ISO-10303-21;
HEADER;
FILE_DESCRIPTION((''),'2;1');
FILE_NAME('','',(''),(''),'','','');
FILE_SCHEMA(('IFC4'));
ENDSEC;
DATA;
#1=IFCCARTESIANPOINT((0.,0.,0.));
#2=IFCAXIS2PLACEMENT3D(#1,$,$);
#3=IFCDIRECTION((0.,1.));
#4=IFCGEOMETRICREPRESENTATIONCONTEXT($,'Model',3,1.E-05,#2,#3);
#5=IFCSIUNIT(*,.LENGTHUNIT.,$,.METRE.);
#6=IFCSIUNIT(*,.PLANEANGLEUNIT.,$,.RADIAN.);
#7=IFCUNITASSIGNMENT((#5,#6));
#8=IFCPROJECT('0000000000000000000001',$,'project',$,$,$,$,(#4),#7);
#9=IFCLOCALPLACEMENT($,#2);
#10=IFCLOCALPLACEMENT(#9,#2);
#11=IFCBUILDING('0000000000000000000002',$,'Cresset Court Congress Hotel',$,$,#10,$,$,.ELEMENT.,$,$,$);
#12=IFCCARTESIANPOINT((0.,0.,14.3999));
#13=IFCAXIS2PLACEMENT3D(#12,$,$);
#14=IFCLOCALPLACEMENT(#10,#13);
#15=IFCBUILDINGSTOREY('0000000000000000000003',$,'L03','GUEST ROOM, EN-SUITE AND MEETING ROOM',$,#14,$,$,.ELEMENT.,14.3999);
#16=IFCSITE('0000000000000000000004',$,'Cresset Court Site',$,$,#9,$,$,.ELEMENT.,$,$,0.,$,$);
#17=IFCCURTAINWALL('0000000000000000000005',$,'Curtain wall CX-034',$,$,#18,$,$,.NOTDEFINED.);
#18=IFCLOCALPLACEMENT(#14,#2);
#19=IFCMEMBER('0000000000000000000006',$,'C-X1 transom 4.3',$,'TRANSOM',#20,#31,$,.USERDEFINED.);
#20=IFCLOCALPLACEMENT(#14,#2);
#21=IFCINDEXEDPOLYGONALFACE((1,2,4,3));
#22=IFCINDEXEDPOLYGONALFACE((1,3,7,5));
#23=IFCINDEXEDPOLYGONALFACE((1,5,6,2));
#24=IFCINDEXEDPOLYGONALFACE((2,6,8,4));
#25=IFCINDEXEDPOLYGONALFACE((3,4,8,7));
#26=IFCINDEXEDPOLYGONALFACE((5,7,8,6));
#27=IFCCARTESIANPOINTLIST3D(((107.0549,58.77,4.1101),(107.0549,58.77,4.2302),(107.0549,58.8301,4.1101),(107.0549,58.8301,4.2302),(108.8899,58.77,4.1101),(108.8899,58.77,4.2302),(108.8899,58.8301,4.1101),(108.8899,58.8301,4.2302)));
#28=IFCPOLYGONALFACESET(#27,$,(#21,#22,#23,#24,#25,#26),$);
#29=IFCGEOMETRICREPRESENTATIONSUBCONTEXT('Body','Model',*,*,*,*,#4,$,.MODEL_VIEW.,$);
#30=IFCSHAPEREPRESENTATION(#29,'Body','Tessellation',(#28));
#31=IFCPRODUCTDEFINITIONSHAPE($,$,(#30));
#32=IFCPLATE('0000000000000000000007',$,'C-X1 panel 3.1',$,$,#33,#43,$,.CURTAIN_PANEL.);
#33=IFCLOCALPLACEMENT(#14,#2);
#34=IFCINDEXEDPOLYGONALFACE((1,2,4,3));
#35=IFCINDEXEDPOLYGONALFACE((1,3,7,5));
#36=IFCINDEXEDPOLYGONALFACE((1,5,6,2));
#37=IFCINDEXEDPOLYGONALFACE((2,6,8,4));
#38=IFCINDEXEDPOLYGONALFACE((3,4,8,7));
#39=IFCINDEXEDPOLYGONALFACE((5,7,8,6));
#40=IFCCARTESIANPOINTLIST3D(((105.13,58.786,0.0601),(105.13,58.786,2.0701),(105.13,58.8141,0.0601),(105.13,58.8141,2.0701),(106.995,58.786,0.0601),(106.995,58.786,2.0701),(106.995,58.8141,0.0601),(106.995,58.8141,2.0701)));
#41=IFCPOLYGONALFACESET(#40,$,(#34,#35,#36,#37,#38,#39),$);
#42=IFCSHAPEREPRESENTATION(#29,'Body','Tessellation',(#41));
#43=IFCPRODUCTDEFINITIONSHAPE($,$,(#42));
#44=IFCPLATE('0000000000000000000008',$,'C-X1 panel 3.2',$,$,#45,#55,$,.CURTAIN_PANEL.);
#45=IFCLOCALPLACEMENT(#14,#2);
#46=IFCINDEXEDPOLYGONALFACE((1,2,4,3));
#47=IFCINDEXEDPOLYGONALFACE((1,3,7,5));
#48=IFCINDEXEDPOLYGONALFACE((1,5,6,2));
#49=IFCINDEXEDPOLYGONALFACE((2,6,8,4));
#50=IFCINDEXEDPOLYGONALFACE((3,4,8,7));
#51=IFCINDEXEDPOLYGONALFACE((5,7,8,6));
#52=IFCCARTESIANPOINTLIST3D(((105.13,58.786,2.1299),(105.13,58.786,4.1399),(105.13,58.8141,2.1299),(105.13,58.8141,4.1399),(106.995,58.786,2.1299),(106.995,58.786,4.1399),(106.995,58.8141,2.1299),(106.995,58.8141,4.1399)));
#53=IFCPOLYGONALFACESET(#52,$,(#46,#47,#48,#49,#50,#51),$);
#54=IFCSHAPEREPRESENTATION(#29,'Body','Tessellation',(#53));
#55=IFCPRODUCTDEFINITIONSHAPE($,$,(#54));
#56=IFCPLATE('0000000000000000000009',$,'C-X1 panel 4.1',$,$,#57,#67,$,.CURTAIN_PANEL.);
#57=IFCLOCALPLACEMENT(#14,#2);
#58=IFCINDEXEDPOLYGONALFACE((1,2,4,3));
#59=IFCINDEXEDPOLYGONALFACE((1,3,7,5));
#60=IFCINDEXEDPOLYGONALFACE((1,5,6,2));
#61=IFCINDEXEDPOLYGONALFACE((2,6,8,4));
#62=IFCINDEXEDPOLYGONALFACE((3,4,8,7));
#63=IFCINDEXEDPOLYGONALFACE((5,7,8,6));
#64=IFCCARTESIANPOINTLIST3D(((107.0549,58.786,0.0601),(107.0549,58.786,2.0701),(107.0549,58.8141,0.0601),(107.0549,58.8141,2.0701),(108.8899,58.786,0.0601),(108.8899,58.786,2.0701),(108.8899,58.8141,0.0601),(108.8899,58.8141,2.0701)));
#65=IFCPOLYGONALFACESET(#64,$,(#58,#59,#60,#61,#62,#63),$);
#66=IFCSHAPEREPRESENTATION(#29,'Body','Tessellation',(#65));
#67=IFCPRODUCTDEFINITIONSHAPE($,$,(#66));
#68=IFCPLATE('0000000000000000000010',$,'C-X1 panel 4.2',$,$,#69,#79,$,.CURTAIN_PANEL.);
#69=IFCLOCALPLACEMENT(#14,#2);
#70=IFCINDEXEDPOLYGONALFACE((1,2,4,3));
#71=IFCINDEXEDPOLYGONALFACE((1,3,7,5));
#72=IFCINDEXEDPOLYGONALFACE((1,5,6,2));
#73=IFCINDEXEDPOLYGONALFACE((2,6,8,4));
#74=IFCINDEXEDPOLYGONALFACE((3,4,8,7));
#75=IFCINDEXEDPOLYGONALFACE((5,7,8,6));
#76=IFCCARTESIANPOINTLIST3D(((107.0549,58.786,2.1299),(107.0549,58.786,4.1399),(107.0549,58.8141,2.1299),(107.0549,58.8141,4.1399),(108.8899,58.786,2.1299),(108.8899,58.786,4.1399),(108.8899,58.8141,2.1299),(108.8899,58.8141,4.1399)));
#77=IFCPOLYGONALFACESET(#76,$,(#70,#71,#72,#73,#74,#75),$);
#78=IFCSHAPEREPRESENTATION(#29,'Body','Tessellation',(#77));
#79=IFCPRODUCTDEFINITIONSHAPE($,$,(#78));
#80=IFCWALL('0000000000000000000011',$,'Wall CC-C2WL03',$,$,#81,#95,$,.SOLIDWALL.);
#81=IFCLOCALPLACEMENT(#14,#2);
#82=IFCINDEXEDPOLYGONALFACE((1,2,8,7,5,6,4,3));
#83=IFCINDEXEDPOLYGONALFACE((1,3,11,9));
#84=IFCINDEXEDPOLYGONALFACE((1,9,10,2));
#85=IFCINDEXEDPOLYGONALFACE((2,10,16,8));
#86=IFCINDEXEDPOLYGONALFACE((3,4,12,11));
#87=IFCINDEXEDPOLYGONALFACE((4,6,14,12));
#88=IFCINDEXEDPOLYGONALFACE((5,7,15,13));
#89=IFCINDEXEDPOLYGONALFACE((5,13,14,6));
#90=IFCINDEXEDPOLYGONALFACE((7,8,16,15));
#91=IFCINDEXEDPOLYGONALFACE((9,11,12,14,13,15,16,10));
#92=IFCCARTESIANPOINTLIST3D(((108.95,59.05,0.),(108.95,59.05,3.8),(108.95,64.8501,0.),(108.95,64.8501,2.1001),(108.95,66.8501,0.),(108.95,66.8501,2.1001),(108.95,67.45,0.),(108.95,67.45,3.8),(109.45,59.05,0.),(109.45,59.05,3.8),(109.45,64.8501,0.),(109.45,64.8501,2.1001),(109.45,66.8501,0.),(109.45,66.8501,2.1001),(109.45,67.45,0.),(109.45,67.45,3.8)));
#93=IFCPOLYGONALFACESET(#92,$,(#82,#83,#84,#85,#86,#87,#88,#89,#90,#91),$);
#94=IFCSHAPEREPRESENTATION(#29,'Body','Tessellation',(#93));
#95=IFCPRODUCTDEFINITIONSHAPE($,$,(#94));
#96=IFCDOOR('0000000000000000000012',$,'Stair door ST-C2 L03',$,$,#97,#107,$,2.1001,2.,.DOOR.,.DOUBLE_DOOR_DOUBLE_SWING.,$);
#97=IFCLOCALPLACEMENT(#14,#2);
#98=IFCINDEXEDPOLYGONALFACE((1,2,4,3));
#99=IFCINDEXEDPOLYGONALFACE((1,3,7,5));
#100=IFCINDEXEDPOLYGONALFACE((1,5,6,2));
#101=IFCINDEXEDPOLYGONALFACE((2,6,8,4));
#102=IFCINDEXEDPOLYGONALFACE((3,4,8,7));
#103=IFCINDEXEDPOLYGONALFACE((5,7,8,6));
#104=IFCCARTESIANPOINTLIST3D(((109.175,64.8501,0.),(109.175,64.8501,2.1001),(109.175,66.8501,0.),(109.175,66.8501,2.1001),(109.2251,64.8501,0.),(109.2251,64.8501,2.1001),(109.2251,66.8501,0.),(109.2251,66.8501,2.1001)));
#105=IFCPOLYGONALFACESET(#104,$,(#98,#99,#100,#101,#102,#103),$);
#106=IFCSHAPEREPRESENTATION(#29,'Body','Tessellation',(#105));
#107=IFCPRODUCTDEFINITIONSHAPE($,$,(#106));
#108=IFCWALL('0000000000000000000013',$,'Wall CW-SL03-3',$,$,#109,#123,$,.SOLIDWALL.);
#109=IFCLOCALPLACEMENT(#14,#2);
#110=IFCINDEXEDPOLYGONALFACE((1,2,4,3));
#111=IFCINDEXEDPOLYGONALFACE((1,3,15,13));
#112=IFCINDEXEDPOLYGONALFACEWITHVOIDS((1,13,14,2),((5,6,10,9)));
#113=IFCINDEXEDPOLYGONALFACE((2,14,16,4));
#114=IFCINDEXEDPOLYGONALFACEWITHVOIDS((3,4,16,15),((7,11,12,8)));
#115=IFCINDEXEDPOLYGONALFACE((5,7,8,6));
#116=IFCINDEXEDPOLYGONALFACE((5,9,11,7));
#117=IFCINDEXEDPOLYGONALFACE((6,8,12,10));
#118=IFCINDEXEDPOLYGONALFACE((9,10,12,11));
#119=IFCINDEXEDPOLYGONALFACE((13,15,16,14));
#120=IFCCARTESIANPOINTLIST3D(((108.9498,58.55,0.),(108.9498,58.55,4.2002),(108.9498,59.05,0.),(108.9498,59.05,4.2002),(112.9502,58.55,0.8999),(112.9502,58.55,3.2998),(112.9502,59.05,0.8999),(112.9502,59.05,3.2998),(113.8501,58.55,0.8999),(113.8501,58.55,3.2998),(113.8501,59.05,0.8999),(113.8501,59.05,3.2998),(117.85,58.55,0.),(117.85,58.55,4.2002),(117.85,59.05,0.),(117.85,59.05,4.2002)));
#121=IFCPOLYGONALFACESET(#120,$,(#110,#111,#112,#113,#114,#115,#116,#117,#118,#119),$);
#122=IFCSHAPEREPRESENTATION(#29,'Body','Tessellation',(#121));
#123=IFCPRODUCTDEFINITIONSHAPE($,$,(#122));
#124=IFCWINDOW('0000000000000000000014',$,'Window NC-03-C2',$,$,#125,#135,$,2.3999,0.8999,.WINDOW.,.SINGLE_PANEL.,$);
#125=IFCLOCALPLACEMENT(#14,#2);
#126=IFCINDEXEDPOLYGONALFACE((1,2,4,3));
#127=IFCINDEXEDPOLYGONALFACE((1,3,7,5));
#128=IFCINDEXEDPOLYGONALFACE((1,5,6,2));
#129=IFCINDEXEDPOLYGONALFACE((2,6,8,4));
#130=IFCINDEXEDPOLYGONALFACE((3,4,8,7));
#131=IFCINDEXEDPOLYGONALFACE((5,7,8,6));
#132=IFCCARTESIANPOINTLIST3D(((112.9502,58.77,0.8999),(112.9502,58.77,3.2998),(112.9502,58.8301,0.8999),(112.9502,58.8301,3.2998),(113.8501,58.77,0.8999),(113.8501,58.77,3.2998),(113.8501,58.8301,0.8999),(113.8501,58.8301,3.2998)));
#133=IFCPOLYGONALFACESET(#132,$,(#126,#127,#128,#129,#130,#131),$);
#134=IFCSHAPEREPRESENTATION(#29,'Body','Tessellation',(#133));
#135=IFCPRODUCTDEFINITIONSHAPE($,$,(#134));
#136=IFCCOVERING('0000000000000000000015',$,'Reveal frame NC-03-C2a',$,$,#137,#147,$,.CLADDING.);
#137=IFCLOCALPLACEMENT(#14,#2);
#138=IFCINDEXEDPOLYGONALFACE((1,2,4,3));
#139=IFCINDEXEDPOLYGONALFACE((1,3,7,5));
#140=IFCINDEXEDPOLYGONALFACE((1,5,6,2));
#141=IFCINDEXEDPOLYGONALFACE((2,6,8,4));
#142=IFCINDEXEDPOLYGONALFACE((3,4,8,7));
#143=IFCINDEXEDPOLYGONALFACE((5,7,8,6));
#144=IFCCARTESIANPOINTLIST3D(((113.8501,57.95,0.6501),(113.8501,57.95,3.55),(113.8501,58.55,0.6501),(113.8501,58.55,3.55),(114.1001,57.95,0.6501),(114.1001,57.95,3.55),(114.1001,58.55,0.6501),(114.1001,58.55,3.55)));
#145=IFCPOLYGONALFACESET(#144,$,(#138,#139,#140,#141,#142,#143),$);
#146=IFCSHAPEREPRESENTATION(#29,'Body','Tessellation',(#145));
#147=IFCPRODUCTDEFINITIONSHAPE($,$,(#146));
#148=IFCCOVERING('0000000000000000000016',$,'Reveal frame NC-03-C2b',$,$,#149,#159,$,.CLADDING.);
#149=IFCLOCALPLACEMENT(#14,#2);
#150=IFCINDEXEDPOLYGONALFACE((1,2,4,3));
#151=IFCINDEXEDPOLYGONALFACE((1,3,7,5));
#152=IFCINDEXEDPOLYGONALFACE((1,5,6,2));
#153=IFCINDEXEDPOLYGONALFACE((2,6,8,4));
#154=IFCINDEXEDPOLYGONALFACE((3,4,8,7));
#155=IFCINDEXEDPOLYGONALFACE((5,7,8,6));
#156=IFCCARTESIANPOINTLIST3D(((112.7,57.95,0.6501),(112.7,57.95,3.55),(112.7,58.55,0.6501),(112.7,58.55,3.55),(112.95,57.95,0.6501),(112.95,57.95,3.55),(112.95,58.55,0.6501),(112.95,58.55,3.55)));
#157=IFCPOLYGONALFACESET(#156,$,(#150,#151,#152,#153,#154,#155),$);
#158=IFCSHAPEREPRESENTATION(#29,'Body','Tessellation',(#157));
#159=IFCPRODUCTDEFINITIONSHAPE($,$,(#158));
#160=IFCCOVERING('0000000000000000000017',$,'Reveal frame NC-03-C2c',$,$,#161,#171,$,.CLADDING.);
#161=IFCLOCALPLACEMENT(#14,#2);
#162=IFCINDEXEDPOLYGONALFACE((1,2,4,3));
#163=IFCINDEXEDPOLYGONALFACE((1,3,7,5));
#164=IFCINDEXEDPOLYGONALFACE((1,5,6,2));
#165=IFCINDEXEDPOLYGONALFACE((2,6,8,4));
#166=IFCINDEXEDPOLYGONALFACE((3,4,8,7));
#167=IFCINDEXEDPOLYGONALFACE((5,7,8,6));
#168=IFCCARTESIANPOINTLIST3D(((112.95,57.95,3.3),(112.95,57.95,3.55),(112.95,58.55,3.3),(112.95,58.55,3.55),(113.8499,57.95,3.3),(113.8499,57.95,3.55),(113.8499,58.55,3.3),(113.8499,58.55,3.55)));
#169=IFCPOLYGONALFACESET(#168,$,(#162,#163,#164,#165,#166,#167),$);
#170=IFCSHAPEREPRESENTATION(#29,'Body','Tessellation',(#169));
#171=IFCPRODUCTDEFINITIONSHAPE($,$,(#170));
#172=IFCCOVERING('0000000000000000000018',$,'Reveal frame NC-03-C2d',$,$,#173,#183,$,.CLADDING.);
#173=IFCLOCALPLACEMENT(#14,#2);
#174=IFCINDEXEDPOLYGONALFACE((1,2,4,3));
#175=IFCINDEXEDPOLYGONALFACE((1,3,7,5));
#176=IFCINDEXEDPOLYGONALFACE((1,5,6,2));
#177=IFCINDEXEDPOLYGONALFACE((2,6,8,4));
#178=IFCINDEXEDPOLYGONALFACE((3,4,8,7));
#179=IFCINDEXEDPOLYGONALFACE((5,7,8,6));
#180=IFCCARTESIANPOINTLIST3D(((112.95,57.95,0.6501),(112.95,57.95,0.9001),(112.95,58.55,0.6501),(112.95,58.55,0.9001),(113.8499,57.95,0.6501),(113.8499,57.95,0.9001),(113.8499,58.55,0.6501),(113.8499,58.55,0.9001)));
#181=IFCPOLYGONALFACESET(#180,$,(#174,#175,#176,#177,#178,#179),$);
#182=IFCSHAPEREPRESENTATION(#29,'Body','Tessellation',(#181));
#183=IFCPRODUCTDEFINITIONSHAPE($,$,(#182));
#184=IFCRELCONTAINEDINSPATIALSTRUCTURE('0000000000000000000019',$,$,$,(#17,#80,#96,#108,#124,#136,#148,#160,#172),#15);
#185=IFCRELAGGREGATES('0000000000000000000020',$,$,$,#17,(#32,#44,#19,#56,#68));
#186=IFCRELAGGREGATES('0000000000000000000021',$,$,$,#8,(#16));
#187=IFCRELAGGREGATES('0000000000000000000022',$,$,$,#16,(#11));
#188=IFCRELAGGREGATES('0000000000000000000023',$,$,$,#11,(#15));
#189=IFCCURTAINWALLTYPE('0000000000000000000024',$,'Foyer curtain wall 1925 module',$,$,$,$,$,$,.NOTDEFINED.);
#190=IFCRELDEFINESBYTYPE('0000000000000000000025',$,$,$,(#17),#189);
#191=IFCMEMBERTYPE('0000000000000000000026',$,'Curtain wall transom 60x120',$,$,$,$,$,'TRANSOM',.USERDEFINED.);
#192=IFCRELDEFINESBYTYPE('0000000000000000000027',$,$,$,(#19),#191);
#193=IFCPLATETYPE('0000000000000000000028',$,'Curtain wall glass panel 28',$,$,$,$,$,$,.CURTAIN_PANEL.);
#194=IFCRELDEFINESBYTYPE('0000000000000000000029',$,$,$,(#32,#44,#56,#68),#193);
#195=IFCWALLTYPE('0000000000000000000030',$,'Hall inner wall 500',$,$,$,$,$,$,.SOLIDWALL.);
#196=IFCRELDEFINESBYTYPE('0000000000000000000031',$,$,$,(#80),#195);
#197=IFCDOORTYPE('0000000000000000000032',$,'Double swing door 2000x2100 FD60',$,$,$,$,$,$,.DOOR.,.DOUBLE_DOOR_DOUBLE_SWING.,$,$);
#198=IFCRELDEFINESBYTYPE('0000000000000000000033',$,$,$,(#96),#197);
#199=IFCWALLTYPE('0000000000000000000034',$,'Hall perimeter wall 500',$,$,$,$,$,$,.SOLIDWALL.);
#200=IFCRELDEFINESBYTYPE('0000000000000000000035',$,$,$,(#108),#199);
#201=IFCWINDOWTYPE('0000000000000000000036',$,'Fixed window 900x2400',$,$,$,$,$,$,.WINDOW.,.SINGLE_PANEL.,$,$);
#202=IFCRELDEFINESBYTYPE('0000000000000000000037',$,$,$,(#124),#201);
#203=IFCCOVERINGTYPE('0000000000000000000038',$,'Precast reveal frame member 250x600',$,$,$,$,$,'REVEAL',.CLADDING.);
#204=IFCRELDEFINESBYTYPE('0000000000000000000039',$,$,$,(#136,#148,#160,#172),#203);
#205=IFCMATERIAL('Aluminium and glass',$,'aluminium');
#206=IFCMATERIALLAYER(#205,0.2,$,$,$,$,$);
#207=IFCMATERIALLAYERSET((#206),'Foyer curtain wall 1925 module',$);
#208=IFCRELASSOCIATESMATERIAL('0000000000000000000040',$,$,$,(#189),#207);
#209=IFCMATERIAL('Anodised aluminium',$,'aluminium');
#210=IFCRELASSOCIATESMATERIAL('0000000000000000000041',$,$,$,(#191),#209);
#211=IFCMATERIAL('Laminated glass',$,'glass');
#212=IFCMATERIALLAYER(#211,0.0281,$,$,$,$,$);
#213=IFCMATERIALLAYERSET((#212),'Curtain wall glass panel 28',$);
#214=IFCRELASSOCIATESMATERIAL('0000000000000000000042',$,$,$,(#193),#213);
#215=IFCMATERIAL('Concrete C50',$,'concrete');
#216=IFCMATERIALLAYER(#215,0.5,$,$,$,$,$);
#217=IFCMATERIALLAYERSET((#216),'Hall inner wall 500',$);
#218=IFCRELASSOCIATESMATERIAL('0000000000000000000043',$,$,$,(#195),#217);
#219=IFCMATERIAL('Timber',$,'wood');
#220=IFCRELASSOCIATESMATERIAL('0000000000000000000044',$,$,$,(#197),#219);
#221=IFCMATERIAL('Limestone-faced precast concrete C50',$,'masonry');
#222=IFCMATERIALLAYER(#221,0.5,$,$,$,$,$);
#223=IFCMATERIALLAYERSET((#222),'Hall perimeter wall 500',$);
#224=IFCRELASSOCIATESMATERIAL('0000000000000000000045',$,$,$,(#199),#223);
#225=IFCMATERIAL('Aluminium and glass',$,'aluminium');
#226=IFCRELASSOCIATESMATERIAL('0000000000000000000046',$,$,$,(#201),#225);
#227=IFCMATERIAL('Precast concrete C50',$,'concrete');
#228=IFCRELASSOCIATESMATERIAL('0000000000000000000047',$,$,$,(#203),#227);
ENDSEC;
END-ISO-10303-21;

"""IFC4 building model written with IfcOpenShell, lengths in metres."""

from ifc_helpers import new_model, si_unit, direction, frame, frame_2d, origin, origin_2d, place, context, subcontext, project, spatial, rectangle, extrude, material, layer, layer_set, material_profile, profile_set, type_object, element, fill, aggregate, save


model = new_model("IFC4")

# Units and contexts
model_context = context("Model", 3, precision=1e-05, world=origin(), true_north=direction((0.0, 1.0)))
body_context = subcontext(model_context, "Body", "Model", "MODEL_VIEW")
ifc_project = project(units=[si_unit("LENGTHUNIT", "METRE"), si_unit("PLANEANGLEUNIT", "RADIAN")], contexts=[model_context])

# Site, building, storey
site_placement = place(None, origin())
site = spatial("IfcSite", under=ifc_project, at=site_placement, Name="Cresset Court Site", CompositionType="ELEMENT", RefElevation=0.0)
building_placement = place(site_placement, origin())
building = spatial("IfcBuilding", under=site, at=building_placement, Name="Cresset Court Congress Hotel", CompositionType="ELEMENT")
storey_placement = place(building_placement, frame((0.0, 0.0, 14.3999)))
storey = spatial("IfcBuildingStorey", under=building, at=storey_placement, Name="L03", Description="GUEST ROOM, EN-SUITE AND MEETING ROOM", CompositionType="ELEMENT", Elevation=14.3999)

# Curtain wall, member, plates
ifc_material_1 = material(Name="Aluminium and glass", Category="aluminium")
ifc_layer_1 = layer(ifc_material_1, 0.2)
ifc_layer_set_1 = layer_set([ifc_layer_1], Name="Foyer curtain wall 1925 module")
curtain_wall_type = type_object("IfcCurtainWallType", Name="Foyer curtain wall 1925 module", PredefinedType="NOTDEFINED", material=ifc_layer_set_1)
curtain_wall_placement = place(storey_placement, origin())
curtain_wall = element("IfcCurtainWall", 1, at=curtain_wall_placement, inside=storey, type_object=curtain_wall_type, Name="Curtain wall CX-034", PredefinedType="NOTDEFINED")
ifc_material_2 = material(Name="Anodised aluminium", Category="aluminium")
ifc_material_profile_1 = material_profile(ifc_material_2, rectangle(XDim=0.0601, YDim=0.1201, at=origin_2d()), Name="AL60x120")
ifc_profile_set_1 = profile_set([ifc_material_profile_1], Name="Anodised aluminium")
member_type_1 = type_object("IfcMemberType", Name="Curtain wall transom 60x120", ElementType="TRANSOM", PredefinedType="USERDEFINED", material=ifc_profile_set_1)
member_1_placement = place(storey_placement, frame((107.0549, 58.8, 4.1702), z_axis=(1.0, 0.0, 0.0), x_axis=(0.0, 1.0, 0.0)))
member_1 = element("IfcMember", 2, at=member_1_placement, type_object=member_type_1, Name="C-X1 transom 4.3", ObjectType="TRANSOM", PredefinedType="USERDEFINED", context=body_context, shape_type="SweptSolid", body=[
    extrude(rectangle(XDim=0.0601, YDim=0.1201, at=origin_2d()), origin(), (0.0, 0.0, 1.0), 1.835),
])
ifc_material_3 = material(Name="Laminated glass", Category="glass")
ifc_layer_2 = layer(ifc_material_3, 0.0281)
ifc_layer_set_2 = layer_set([ifc_layer_2], Name="Curtain wall glass panel 28")
plate_type = type_object("IfcPlateType", Name="Curtain wall glass panel 28", PredefinedType="CURTAIN_PANEL", material=ifc_layer_set_2)
plate_1_placement = place(storey_placement, frame((106.0625, 58.8, 0.0601), z_axis=(0.0, 0.0, 1.0), x_axis=(1.0, 0.0, 0.0)))
plate_1 = element("IfcPlate", 3, at=plate_1_placement, type_object=plate_type, Name="C-X1 panel 3.1", PredefinedType="CURTAIN_PANEL", context=body_context, shape_type="SweptSolid", body=[
    extrude(rectangle(XDim=1.865, YDim=0.0281, at=origin_2d()), origin(), (0.0, 0.0, 1.0), 2.01),
])
plate_2_placement = place(storey_placement, frame((106.0625, 58.8, 2.1299), z_axis=(0.0, 0.0, 1.0), x_axis=(1.0, 0.0, 0.0)))
plate_2 = element("IfcPlate", 4, at=plate_2_placement, type_object=plate_type, Name="C-X1 panel 3.2", PredefinedType="CURTAIN_PANEL", context=body_context, shape_type="SweptSolid", body=[
    extrude(rectangle(XDim=1.865, YDim=0.0281, at=origin_2d()), origin(), (0.0, 0.0, 1.0), 2.01),
])
plate_3_placement = place(storey_placement, frame((107.9724, 58.8, 0.0601), z_axis=(0.0, 0.0, 1.0), x_axis=(1.0, 0.0, 0.0)))
plate_3 = element("IfcPlate", 5, at=plate_3_placement, type_object=plate_type, Name="C-X1 panel 4.1", PredefinedType="CURTAIN_PANEL", context=body_context, shape_type="SweptSolid", body=[
    extrude(rectangle(XDim=1.835, YDim=0.0281, at=origin_2d()), origin(), (0.0, 0.0, 1.0), 2.01),
])
plate_4_placement = place(storey_placement, frame((107.9724, 58.8, 2.1299), z_axis=(0.0, 0.0, 1.0), x_axis=(1.0, 0.0, 0.0)))
plate_4 = element("IfcPlate", 6, at=plate_4_placement, type_object=plate_type, Name="C-X1 panel 4.2", PredefinedType="CURTAIN_PANEL", context=body_context, shape_type="SweptSolid", body=[
    extrude(rectangle(XDim=1.835, YDim=0.0281, at=origin_2d()), origin(), (0.0, 0.0, 1.0), 2.01),
])
aggregate(curtain_wall, [plate_1, plate_2, member_1, plate_3, plate_4])

# Wall, opening, door
ifc_material_4 = material(Name="Concrete C50", Category="concrete")
ifc_layer_3 = layer(ifc_material_4, 0.5)
ifc_layer_set_3 = layer_set([ifc_layer_3], Name="Hall inner wall 500")
wall_type_1 = type_object("IfcWallType", Name="Hall inner wall 500", PredefinedType="SOLIDWALL", material=ifc_layer_set_3)
wall_1_placement = place(storey_placement, frame((109.2, 59.05, 0.0), z_axis=(0.0, 0.0, 1.0), x_axis=(0.0, 1.0, 0.0)))
wall_1 = element("IfcWall", 7, at=wall_1_placement, inside=storey, type_object=wall_type_1, Name="Wall CC-C2WL03", PredefinedType="SOLIDWALL", context=body_context, shape_type="SweptSolid", body=[
    extrude(rectangle(XDim=8.3999, YDim=0.5, at=frame_2d((4.2, 0.0))), origin(), (0.0, 0.0, 1.0), 3.8),
])
opening_1_placement = place(wall_1_placement, frame((5.8, 0.0, 0.0)))
opening_1 = element("IfcOpeningElement", 8, at=opening_1_placement, cuts=wall_1, PredefinedType="OPENING", context=body_context, shape_type="SweptSolid", body=[
    extrude(rectangle(XDim=2.0, YDim=2.1001, at=frame_2d((1.0, 1.05))), frame((0.0, 0.26, 0.0), z_axis=(0.0, -1.0, 0.0), x_axis=(1.0, 0.0, 0.0)), (0.0, 0.0, 1.0), 0.52),
])
ifc_material_5 = material(Name="Timber", Category="wood")
door_type = type_object("IfcDoorType", Name="Double swing door 2000x2100 FD60", OperationType="DOUBLE_DOOR_DOUBLE_SWING", PredefinedType="DOOR", material=ifc_material_5)
door_placement = place(opening_1_placement, origin())
door = element("IfcDoor", 9, at=door_placement, inside=storey, type_object=door_type, Name="Stair door ST-C2 L03", OperationType="DOUBLE_DOOR_DOUBLE_SWING", OverallHeight=2.1001, OverallWidth=2.0, PredefinedType="DOOR", context=body_context, shape_type="SweptSolid", body=[
    extrude(rectangle(XDim=2.0, YDim=2.1001, at=frame_2d((1.0, 1.05))), frame((0.0, 0.0249, 0.0), z_axis=(0.0, -1.0, 0.0), x_axis=(1.0, 0.0, 0.0)), (0.0, 0.0, 1.0), 0.05),
])
fill(opening_1, door)

# Wall, opening, window
ifc_material_6 = material(Name="Limestone-faced precast concrete C50", Category="masonry")
ifc_layer_4 = layer(ifc_material_6, 0.5)
ifc_layer_set_4 = layer_set([ifc_layer_4], Name="Hall perimeter wall 500")
wall_type_2 = type_object("IfcWallType", Name="Hall perimeter wall 500", PredefinedType="SOLIDWALL", material=ifc_layer_set_4)
wall_2_placement = place(storey_placement, frame((117.8501, 58.8, 0.0), z_axis=(0.0, 0.0, 1.0), x_axis=(-1.0, 0.0, 0.0)))
wall_2 = element("IfcWall", 10, at=wall_2_placement, inside=storey, type_object=wall_type_2, Name="Wall CW-SL03-3", PredefinedType="SOLIDWALL", context=body_context, shape_type="SweptSolid", body=[
    extrude(rectangle(XDim=8.9001, YDim=0.5, at=frame_2d((4.4502, 0.0))), origin(), (0.0, 0.0, 1.0), 4.2002),
])
opening_2_placement = place(wall_2_placement, frame((4.0, 0.0, 0.8999)))
opening_2 = element("IfcOpeningElement", 11, at=opening_2_placement, cuts=wall_2, PredefinedType="OPENING", context=body_context, shape_type="SweptSolid", body=[
    extrude(rectangle(XDim=0.8999, YDim=2.3999, at=frame_2d((0.45, 1.2))), frame((0.0, 0.26, 0.0), z_axis=(0.0, -1.0, 0.0), x_axis=(1.0, 0.0, 0.0)), (0.0, 0.0, 1.0), 0.52),
])
ifc_material_7 = material(Name="Aluminium and glass", Category="aluminium")
window_type = type_object("IfcWindowType", Name="Fixed window 900x2400", PartitioningType="SINGLE_PANEL", PredefinedType="WINDOW", material=ifc_material_7)
window_placement = place(opening_2_placement, origin())
window = element("IfcWindow", 12, at=window_placement, inside=storey, type_object=window_type, Name="Window NC-03-C2", OverallHeight=2.3999, OverallWidth=0.8999, PartitioningType="SINGLE_PANEL", PredefinedType="WINDOW", context=body_context, shape_type="SweptSolid", body=[
    extrude(rectangle(XDim=0.8999, YDim=2.3999, at=frame_2d((0.45, 1.2))), frame((0.0, 0.03, 0.0), z_axis=(0.0, -1.0, 0.0), x_axis=(1.0, 0.0, 0.0)), (0.0, 0.0, 1.0), 0.0601),
])
fill(opening_2, window)

# Coverings
ifc_material_8 = material(Name="Precast concrete C50", Category="concrete")
covering_type_1 = type_object("IfcCoveringType", Name="Precast reveal frame member 250x600", ElementType="REVEAL", PredefinedType="CLADDING", material=ifc_material_8)
for number, where, z_axis, x_axis, name in (
    (13, (113.9751, 58.25, 0.6501), (0.0, 0.0, 1.0), (1.0, 0.0, 0.0), "Reveal frame NC-03-C2a"),
    (14, (112.825, 58.25, 0.6501), (0.0, 0.0, 1.0), (1.0, 0.0, 0.0), "Reveal frame NC-03-C2b"),
):
    element("IfcCovering", number, at=place(storey_placement, frame(where, z_axis=z_axis, x_axis=x_axis)), inside=storey, type_object=covering_type_1, Name=name, PredefinedType="CLADDING", context=body_context, shape_type="SweptSolid", body=[
        extrude(rectangle(XDim=0.25, YDim=0.6001, at=origin_2d()), origin(), (0.0, 0.0, 1.0), 2.8999),
    ])
for number, where, z_axis, x_axis, name in (
    (15, (113.3999, 58.25, 3.3), (0.0, 0.0, 1.0), (1.0, 0.0, 0.0), "Reveal frame NC-03-C2c"),
    (16, (113.3999, 58.25, 0.6501), (0.0, 0.0, 1.0), (1.0, 0.0, 0.0), "Reveal frame NC-03-C2d"),
):
    element("IfcCovering", number, at=place(storey_placement, frame(where, z_axis=z_axis, x_axis=x_axis)), inside=storey, type_object=covering_type_1, Name=name, PredefinedType="CLADDING", context=body_context, shape_type="SweptSolid", body=[
        extrude(rectangle(XDim=0.8999, YDim=0.6001, at=origin_2d()), origin(), (0.0, 0.0, 1.0), 0.25),
    ])

save(model, "model.ifc")
